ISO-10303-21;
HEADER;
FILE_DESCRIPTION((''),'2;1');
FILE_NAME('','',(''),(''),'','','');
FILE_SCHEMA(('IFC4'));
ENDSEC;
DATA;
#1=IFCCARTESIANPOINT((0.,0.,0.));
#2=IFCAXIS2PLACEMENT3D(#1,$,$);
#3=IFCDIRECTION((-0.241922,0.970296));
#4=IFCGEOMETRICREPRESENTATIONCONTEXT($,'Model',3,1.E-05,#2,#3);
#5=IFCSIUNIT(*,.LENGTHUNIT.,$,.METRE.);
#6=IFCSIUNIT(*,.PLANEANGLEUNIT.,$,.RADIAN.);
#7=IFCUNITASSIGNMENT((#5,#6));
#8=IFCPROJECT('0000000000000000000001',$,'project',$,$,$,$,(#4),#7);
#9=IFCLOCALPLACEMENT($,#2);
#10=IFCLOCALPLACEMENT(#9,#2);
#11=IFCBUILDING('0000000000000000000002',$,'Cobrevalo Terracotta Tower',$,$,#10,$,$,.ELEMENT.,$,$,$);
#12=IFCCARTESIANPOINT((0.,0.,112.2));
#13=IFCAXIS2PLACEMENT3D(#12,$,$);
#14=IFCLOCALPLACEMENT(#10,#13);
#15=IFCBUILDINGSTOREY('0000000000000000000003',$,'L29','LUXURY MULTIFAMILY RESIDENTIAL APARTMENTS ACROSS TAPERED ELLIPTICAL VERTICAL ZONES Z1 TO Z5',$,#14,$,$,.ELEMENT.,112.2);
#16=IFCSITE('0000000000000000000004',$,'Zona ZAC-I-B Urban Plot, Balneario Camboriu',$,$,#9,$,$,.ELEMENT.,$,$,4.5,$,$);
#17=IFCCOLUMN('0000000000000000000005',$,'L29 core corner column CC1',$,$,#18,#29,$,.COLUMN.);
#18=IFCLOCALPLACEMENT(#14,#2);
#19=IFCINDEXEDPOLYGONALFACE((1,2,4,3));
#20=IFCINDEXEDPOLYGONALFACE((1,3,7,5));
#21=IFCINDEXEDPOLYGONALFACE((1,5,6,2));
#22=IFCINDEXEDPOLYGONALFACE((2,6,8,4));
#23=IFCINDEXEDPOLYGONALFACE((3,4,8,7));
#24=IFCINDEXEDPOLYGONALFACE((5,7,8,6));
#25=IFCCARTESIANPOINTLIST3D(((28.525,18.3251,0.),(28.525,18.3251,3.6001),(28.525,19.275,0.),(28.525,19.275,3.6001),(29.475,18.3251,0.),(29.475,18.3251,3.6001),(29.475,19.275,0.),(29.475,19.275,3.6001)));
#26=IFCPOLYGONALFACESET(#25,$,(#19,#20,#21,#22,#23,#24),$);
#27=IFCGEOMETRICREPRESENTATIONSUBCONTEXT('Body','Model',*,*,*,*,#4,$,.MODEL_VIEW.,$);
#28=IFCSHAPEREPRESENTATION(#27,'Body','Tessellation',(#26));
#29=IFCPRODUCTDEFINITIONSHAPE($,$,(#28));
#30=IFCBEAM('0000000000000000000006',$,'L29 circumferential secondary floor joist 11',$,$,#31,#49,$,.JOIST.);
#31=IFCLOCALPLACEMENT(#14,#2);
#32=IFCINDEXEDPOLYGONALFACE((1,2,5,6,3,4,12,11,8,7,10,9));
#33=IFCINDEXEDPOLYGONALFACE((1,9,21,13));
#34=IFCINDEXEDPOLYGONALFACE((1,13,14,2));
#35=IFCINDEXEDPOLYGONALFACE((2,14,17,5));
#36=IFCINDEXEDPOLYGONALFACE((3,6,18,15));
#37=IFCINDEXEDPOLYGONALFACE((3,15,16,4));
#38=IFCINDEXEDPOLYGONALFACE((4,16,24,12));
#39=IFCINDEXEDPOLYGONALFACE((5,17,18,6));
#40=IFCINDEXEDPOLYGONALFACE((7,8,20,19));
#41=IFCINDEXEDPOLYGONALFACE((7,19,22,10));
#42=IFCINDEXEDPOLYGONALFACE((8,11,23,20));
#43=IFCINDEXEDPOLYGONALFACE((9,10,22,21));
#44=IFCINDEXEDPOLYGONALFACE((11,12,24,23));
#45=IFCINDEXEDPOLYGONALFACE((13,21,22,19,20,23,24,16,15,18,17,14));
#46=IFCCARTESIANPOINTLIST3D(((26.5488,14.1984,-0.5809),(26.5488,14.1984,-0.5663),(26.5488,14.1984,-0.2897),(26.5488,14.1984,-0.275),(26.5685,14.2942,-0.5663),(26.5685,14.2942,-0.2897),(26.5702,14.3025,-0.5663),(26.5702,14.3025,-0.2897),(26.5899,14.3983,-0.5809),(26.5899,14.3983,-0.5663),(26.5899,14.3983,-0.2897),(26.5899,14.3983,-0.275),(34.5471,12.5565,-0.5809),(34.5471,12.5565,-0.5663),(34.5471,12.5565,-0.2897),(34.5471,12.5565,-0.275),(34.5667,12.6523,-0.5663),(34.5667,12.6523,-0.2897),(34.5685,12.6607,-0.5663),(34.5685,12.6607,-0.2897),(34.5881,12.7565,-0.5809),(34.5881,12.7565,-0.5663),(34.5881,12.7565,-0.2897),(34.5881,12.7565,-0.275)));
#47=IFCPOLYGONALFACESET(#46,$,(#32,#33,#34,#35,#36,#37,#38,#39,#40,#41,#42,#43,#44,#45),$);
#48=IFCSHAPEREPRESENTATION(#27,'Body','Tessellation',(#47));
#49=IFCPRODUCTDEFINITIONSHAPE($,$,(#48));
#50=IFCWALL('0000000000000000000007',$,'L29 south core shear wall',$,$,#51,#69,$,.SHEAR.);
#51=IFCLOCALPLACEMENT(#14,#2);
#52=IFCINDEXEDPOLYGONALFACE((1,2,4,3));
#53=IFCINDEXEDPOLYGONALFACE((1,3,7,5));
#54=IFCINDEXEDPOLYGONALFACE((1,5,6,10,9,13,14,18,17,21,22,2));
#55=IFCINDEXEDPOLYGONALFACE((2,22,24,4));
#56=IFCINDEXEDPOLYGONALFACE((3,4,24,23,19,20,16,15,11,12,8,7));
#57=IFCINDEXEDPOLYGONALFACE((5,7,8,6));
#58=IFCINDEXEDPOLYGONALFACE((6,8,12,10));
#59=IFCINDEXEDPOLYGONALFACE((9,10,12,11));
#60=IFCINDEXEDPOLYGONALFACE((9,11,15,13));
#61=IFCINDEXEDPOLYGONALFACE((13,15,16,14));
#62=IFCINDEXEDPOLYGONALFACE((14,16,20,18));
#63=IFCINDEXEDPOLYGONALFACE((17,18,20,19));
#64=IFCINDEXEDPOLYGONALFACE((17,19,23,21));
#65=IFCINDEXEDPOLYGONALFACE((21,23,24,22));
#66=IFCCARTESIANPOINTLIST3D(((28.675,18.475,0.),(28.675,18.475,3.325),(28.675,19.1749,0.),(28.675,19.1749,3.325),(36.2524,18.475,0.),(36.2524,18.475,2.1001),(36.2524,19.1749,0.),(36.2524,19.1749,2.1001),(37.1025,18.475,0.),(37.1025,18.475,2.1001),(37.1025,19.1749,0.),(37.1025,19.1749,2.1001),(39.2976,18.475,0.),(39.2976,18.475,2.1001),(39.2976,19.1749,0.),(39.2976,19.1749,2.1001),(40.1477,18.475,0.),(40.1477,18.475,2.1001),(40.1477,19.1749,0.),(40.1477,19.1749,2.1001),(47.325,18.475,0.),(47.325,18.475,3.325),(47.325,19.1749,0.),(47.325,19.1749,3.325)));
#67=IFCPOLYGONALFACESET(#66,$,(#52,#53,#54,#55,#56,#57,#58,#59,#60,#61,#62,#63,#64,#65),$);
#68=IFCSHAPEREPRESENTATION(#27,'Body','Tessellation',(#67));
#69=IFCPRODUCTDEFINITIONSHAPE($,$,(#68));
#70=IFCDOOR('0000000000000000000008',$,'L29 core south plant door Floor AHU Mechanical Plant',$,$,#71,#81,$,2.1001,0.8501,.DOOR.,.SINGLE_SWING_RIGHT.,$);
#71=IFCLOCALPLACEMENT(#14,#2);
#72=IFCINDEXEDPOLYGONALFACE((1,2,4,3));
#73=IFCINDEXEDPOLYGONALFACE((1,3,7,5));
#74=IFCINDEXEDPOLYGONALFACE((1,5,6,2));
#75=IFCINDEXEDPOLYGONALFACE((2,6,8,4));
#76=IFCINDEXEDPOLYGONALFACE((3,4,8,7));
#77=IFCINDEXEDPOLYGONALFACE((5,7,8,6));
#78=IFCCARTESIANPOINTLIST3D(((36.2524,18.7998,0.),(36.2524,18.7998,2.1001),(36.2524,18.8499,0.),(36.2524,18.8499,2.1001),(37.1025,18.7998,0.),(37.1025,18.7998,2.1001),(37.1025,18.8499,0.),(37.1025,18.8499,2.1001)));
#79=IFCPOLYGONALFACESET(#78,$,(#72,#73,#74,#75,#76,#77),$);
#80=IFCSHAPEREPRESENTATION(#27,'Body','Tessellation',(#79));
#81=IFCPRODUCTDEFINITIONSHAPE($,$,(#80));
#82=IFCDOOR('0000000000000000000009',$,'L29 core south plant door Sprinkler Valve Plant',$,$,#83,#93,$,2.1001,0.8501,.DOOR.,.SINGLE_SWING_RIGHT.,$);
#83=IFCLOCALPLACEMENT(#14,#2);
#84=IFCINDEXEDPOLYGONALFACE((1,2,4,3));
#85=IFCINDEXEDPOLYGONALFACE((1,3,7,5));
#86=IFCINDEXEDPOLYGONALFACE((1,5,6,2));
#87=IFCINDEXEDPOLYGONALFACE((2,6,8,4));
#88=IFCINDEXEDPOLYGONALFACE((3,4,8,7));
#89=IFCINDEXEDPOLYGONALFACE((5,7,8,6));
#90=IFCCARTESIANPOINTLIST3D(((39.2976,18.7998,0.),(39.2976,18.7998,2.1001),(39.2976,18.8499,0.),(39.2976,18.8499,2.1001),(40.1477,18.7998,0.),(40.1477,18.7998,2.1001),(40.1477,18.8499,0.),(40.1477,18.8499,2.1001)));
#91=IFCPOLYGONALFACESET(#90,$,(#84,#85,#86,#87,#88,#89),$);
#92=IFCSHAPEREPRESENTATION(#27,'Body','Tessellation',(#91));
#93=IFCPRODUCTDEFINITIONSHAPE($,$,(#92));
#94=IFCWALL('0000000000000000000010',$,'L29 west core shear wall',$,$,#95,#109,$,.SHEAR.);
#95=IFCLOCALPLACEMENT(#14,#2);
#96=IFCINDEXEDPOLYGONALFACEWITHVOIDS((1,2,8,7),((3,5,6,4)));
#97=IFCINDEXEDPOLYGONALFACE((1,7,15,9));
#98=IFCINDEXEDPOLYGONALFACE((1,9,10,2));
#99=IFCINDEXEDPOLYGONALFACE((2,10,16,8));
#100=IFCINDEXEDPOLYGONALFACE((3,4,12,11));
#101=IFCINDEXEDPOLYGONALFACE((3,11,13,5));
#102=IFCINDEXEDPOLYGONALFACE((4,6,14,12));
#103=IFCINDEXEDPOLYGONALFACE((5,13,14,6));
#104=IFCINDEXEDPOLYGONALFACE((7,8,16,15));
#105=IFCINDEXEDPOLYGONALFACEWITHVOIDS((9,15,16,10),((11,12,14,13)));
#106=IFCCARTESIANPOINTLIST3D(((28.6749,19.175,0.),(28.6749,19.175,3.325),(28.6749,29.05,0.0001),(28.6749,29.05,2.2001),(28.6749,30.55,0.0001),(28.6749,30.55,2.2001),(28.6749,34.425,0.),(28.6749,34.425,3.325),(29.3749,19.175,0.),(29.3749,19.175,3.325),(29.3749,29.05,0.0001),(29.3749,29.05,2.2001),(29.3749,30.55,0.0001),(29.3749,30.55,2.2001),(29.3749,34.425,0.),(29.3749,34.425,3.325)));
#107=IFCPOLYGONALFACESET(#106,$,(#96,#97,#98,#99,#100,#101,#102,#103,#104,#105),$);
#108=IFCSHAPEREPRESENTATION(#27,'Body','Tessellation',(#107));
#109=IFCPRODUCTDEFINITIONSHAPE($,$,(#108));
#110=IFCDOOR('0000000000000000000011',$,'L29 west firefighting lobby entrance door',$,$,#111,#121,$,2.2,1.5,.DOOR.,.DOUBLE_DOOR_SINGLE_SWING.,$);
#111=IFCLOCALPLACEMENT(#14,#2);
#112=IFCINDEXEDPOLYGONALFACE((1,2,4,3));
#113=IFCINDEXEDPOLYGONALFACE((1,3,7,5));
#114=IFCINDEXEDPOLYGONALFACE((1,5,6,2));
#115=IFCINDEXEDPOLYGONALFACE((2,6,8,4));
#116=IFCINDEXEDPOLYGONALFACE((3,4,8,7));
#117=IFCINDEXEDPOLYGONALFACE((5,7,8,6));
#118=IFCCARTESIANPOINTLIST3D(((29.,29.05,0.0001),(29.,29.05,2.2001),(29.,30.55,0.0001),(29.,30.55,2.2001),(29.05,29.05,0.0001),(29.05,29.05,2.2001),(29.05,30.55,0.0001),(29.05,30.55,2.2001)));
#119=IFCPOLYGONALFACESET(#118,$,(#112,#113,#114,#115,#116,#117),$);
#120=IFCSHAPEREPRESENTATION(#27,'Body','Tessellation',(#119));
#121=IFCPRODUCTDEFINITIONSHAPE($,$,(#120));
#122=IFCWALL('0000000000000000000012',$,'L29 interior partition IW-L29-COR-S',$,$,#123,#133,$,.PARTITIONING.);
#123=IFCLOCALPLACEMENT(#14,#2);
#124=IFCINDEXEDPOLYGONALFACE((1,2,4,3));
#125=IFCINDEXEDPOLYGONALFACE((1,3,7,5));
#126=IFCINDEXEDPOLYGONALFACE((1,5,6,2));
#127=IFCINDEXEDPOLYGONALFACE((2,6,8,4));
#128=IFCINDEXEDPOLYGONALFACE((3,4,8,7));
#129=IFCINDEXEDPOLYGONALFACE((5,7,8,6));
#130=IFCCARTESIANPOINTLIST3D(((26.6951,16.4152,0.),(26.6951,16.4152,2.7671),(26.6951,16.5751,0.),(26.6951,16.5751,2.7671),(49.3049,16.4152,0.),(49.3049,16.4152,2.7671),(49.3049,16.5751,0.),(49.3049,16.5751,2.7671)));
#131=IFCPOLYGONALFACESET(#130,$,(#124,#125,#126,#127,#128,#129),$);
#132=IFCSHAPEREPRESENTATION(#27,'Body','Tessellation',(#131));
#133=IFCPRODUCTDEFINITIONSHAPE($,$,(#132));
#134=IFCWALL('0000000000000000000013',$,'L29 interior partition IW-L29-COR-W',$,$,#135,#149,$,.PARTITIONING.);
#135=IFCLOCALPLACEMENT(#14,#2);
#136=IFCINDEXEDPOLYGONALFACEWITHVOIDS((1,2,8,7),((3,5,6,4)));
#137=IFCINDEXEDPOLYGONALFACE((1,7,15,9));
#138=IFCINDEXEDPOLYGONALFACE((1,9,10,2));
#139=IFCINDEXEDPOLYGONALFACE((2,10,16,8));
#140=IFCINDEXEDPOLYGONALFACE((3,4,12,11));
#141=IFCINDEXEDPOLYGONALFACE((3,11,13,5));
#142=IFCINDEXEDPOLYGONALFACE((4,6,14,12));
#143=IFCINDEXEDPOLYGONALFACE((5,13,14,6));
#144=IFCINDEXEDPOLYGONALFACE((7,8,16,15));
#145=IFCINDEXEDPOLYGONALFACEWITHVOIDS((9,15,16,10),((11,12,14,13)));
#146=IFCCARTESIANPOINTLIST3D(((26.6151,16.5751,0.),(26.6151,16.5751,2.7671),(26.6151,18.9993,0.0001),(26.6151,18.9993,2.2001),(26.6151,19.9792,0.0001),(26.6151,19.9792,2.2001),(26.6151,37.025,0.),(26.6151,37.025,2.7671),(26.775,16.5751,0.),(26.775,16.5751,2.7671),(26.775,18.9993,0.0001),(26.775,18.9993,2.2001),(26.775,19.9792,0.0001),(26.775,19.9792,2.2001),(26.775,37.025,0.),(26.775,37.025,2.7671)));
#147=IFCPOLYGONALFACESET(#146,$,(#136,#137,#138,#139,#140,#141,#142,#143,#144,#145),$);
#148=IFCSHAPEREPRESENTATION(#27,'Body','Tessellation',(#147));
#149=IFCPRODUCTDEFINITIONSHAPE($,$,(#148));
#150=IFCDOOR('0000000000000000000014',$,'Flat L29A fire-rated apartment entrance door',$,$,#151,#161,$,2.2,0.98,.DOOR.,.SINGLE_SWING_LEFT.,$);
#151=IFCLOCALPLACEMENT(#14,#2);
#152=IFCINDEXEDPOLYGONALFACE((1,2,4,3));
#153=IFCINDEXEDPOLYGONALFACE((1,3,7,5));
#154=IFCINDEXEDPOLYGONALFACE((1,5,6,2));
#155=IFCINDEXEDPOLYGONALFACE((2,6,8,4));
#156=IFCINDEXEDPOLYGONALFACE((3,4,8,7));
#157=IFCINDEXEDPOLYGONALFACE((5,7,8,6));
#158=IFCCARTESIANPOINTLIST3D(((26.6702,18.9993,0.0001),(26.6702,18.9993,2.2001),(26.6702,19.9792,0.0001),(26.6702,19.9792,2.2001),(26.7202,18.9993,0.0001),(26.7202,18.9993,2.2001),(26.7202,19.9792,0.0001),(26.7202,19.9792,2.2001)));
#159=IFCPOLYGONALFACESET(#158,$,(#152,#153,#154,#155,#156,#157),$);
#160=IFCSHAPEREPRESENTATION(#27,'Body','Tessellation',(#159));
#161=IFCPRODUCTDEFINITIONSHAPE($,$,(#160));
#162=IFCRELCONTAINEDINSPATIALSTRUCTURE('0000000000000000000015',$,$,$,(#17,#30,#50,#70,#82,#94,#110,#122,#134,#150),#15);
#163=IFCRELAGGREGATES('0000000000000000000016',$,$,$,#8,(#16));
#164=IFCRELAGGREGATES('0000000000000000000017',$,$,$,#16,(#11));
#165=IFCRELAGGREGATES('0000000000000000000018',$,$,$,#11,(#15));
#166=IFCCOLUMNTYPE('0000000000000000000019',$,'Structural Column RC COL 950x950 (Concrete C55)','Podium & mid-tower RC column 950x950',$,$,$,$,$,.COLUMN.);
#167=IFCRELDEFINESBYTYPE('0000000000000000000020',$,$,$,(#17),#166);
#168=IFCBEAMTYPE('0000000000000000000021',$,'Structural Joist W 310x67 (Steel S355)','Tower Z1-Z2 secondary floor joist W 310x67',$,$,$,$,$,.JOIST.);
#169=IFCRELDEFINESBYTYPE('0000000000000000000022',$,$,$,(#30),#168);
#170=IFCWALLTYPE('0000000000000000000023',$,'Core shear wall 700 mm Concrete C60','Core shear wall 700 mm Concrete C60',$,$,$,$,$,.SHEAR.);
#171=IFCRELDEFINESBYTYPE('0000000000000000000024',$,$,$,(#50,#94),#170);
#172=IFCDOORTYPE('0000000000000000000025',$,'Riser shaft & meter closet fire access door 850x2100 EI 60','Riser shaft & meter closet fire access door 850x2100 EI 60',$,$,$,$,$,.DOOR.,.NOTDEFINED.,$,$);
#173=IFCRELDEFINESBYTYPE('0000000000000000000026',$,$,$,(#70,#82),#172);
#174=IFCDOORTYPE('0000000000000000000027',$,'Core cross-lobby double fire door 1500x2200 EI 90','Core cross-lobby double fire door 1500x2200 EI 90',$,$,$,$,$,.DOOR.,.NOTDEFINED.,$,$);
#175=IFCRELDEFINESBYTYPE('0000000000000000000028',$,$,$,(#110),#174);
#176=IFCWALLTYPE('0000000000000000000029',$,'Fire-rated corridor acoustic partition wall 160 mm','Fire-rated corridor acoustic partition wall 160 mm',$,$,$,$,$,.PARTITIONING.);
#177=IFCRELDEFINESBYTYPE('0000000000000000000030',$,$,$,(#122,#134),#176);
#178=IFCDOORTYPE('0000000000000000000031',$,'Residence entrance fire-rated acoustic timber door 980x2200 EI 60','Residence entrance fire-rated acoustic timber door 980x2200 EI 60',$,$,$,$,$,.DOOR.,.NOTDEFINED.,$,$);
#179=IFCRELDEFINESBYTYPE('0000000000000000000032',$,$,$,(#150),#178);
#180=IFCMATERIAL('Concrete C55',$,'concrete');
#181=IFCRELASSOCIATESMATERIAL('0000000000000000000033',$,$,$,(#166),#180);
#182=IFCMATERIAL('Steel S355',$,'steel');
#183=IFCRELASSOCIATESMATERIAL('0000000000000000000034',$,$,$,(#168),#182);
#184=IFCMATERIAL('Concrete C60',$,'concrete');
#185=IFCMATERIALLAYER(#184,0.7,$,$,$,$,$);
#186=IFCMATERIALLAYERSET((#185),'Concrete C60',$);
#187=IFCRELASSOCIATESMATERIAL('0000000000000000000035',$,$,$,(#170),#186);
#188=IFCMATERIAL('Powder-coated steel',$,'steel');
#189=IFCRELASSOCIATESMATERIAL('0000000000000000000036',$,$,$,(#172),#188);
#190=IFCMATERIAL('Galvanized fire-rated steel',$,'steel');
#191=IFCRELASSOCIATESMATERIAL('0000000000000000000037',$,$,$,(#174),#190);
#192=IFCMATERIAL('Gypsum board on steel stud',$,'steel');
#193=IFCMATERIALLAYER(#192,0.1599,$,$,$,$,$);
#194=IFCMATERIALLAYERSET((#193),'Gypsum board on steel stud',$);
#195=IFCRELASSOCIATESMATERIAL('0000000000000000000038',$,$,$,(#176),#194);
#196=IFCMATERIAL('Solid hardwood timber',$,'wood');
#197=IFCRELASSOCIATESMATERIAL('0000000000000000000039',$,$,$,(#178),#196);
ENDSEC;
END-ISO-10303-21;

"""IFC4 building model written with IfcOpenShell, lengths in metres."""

from ifc_helpers import new_model, si_unit, direction, frame, frame_2d, origin, origin_2d, place, context, subcontext, project, spatial, rectangle, i_section, extrude, source, transform, mapped, material, layer, layer_set, material_profile, profile_set, type_object, element, fill, save


model = new_model("IFC4")

# Units and contexts
model_context = context("Model", 3, precision=1e-05, world=origin(), true_north=direction((-0.241922, 0.970296)))
body_context = subcontext(model_context, "Body", "Model", "MODEL_VIEW")
ifc_project = project(units=[si_unit("LENGTHUNIT", "METRE"), si_unit("PLANEANGLEUNIT", "RADIAN")], contexts=[model_context])

# Site, building, storey
site_placement = place(None, origin())
site = spatial("IfcSite", under=ifc_project, at=site_placement, Name="Zona ZAC-I-B Urban Plot, Balneario Camboriu", CompositionType="ELEMENT", RefElevation=4.5)
building_placement = place(site_placement, origin())
building = spatial("IfcBuilding", under=site, at=building_placement, Name="Cobrevalo Terracotta Tower", CompositionType="ELEMENT")
storey_placement = place(building_placement, frame((0.0, 0.0, 112.2)))
storey = spatial("IfcBuildingStorey", under=building, at=storey_placement, Name="L29", Description="LUXURY MULTIFAMILY RESIDENTIAL APARTMENTS ACROSS TAPERED ELLIPTICAL VERTICAL ZONES Z1 TO Z5", CompositionType="ELEMENT", Elevation=112.2)

# Column
ifc_material_1 = material(Name="Concrete C55", Category="concrete")
ifc_material_profile_1 = material_profile(ifc_material_1, rectangle(XDim=0.95, YDim=0.95, at=origin_2d()), Name="RC COL 950x950")
ifc_profile_set_1 = profile_set([ifc_material_profile_1], Name="Concrete C55")
column_type = type_object("IfcColumnType", Name="Structural Column RC COL 950x950 (Concrete C55)", Description="Podium & mid-tower RC column 950x950", PredefinedType="COLUMN", material=ifc_profile_set_1)
column_placement = place(storey_placement, frame((29.0, 18.8, 0.0), z_axis=(0.0, 0.0, 1.0), x_axis=(1.0, 0.0, 0.0)))
element("IfcColumn", 1, at=column_placement, inside=storey, type_object=column_type, Name="L29 core corner column CC1", PredefinedType="COLUMN", context=body_context, shape_type="SweptSolid", body=[
    extrude(rectangle(XDim=0.95, YDim=0.95, at=origin_2d()), origin(), (0.0, 0.0, 1.0), 3.6001),
])

# Beam
ifc_material_2 = material(Name="Steel S355", Category="steel")
ifc_material_profile_2 = material_profile(ifc_material_2, i_section(OverallWidth=0.2041, OverallDepth=0.3059, WebThickness=0.0085, FlangeThickness=0.0146, at=origin_2d()), Name="W 310x67")
ifc_profile_set_2 = profile_set([ifc_material_profile_2], Name="Steel S355")
beam_type = type_object("IfcBeamType", Name="Structural Joist W 310x67 (Steel S355)", Description="Tower Z1-Z2 secondary floor joist W 310x67", PredefinedType="JOIST", material=ifc_profile_set_2)
beam_placement = place(storey_placement, frame((26.5693, 14.2983, -0.428), z_axis=(0.979574, -0.201082, 0.0), x_axis=(0.201082, 0.979574, 0.0)))
element("IfcBeam", 2, at=beam_placement, inside=storey, type_object=beam_type, Name="L29 circumferential secondary floor joist 11", PredefinedType="JOIST", context=body_context, shape_type="SweptSolid", body=[
    extrude(i_section(OverallWidth=0.2041, OverallDepth=0.3059, WebThickness=0.0085, FlangeThickness=0.0146, at=origin_2d()), origin(), (0.0, 0.0, 1.0), 8.165),
])

# Wall, openings, doors
ifc_material_3 = material(Name="Concrete C60", Category="concrete")
ifc_layer_1 = layer(ifc_material_3, 0.7)
ifc_layer_set_1 = layer_set([ifc_layer_1], Name="Concrete C60")
wall_type_1 = type_object("IfcWallType", Name="Core shear wall 700 mm Concrete C60", Description="Core shear wall 700 mm Concrete C60", PredefinedType="SHEAR", material=ifc_layer_set_1)
wall_1_placement = place(storey_placement, frame((28.675, 18.825, 0.0), z_axis=(0.0, 0.0, 1.0), x_axis=(1.0, 0.0, 0.0)))
wall_1 = element("IfcWall", 3, at=wall_1_placement, inside=storey, type_object=wall_type_1, Name="L29 south core shear wall", PredefinedType="SHEAR", context=body_context, shape_type="SweptSolid", body=[
    extrude(rectangle(XDim=18.6499, YDim=0.7, at=frame_2d((9.325, 0.0))), origin(), (0.0, 0.0, 1.0), 3.325),
])
opening_1_placement = place(wall_1_placement, frame((7.5774, 0.0, 0.0)))
opening_1 = element("IfcOpeningElement", 4, at=opening_1_placement, cuts=wall_1, PredefinedType="OPENING", context=body_context, shape_type="SweptSolid", body=[
    extrude(rectangle(XDim=0.8501, YDim=2.1001, at=frame_2d((0.425, 1.05))), frame((0.0, 0.3599, 0.0), z_axis=(0.0, -1.0, 0.0), x_axis=(1.0, 0.0, 0.0)), (0.0, 0.0, 1.0), 0.72),
])
opening_2_placement = place(wall_1_placement, frame((10.6226, 0.0, 0.0)))
opening_2 = element("IfcOpeningElement", 5, at=opening_2_placement, cuts=wall_1, PredefinedType="OPENING", context=body_context, shape_type="SweptSolid", body=[
    extrude(rectangle(XDim=0.8501, YDim=2.1001, at=frame_2d((0.425, 1.05))), frame((0.0, 0.3599, 0.0), z_axis=(0.0, -1.0, 0.0), x_axis=(1.0, 0.0, 0.0)), (0.0, 0.0, 1.0), 0.72),
])
ifc_material_4 = material(Name="Powder-coated steel", Category="steel")
door_type_1 = type_object("IfcDoorType", Name="Riser shaft & meter closet fire access door 850x2100 EI 60", Description="Riser shaft & meter closet fire access door 850x2100 EI 60", OperationType="NOTDEFINED", PredefinedType="DOOR", material=ifc_material_4)
shared_shape_1 = source(origin(), body_context, "Body", "SweptSolid", [
    extrude(rectangle(XDim=0.8501, YDim=2.1001, at=frame_2d((0.425, 1.05))), frame((0.0, 0.0249, 0.0), z_axis=(0.0, -1.0, 0.0), x_axis=(1.0, 0.0, 0.0)), (0.0, 0.0, 1.0), 0.05),
])
door_1_placement = place(opening_1_placement, origin())
door_1 = element("IfcDoor", 6, at=door_1_placement, inside=storey, type_object=door_type_1, Name="L29 core south plant door Floor AHU Mechanical Plant", OperationType="SINGLE_SWING_RIGHT", OverallHeight=2.1001, OverallWidth=0.8501, PredefinedType="DOOR", context=body_context, shape_type="MappedRepresentation", body=[
    mapped(shared_shape_1, transform((0.0, 0.0, 0.0), scale=1.0)),
])
fill(opening_1, door_1)
door_2_placement = place(opening_2_placement, origin())
door_2 = element("IfcDoor", 7, at=door_2_placement, inside=storey, type_object=door_type_1, Name="L29 core south plant door Sprinkler Valve Plant", OperationType="SINGLE_SWING_RIGHT", OverallHeight=2.1001, OverallWidth=0.8501, PredefinedType="DOOR", context=body_context, shape_type="MappedRepresentation", body=[
    mapped(shared_shape_1, transform((0.0, 0.0, 0.0), scale=1.0)),
])
fill(opening_2, door_2)

# Wall, opening, door
wall_2_placement = place(storey_placement, frame((29.0249, 19.175, 0.0), z_axis=(0.0, 0.0, 1.0), x_axis=(0.0, 1.0, 0.0)))
wall_2 = element("IfcWall", 8, at=wall_2_placement, inside=storey, type_object=wall_type_1, Name="L29 west core shear wall", PredefinedType="SHEAR", context=body_context, shape_type="SweptSolid", body=[
    extrude(rectangle(XDim=15.25, YDim=0.7, at=frame_2d((7.625, 0.0))), origin(), (0.0, 0.0, 1.0), 3.325),
])
opening_3_placement = place(wall_2_placement, frame((9.875, 0.0, 0.0)))
opening_3 = element("IfcOpeningElement", 9, at=opening_3_placement, cuts=wall_2, PredefinedType="OPENING", context=body_context, shape_type="SweptSolid", body=[
    extrude(rectangle(XDim=1.5, YDim=2.2, at=frame_2d((0.75, 1.1001))), frame((0.0, 0.3599, 0.0), z_axis=(0.0, -1.0, 0.0), x_axis=(1.0, 0.0, 0.0)), (0.0, 0.0, 1.0), 0.72),
])
ifc_material_5 = material(Name="Galvanized fire-rated steel", Category="steel")
door_type_2 = type_object("IfcDoorType", Name="Core cross-lobby double fire door 1500x2200 EI 90", Description="Core cross-lobby double fire door 1500x2200 EI 90", OperationType="NOTDEFINED", PredefinedType="DOOR", material=ifc_material_5)
shared_shape_2 = source(origin(), body_context, "Body", "SweptSolid", [
    extrude(rectangle(XDim=1.5, YDim=2.2, at=frame_2d((0.75, 1.1001))), frame((0.0, 0.0249, 0.0), z_axis=(0.0, -1.0, 0.0), x_axis=(1.0, 0.0, 0.0)), (0.0, 0.0, 1.0), 0.05),
])
door_3_placement = place(opening_3_placement, origin())
door_3 = element("IfcDoor", 10, at=door_3_placement, inside=storey, type_object=door_type_2, Name="L29 west firefighting lobby entrance door", OperationType="DOUBLE_DOOR_SINGLE_SWING", OverallHeight=2.2, OverallWidth=1.5, PredefinedType="DOOR", context=body_context, shape_type="MappedRepresentation", body=[
    mapped(shared_shape_2, transform((0.0, 0.0, 0.0), scale=1.0)),
])
fill(opening_3, door_3)

# Wall
ifc_material_6 = material(Name="Gypsum board on steel stud", Category="steel")
ifc_layer_2 = layer(ifc_material_6, 0.1599)
ifc_layer_set_2 = layer_set([ifc_layer_2], Name="Gypsum board on steel stud")
wall_type_2 = type_object("IfcWallType", Name="Fire-rated corridor acoustic partition wall 160 mm", Description="Fire-rated corridor acoustic partition wall 160 mm", PredefinedType="PARTITIONING", material=ifc_layer_set_2)
wall_3_placement = place(storey_placement, frame((26.6951, 16.4951, 0.0), z_axis=(0.0, 0.0, 1.0), x_axis=(1.0, 0.0, 0.0)))
element("IfcWall", 11, at=wall_3_placement, inside=storey, type_object=wall_type_2, Name="L29 interior partition IW-L29-COR-S", PredefinedType="PARTITIONING", context=body_context, shape_type="SweptSolid", body=[
    extrude(rectangle(XDim=22.6099, YDim=0.1599, at=frame_2d((11.3049, 0.0))), origin(), (0.0, 0.0, 1.0), 2.7671),
])

# Wall, opening, door
wall_4_placement = place(storey_placement, frame((26.6951, 16.575, 0.0), z_axis=(0.0, 0.0, 1.0), x_axis=(0.0, 1.0, 0.0)))
wall_4 = element("IfcWall", 12, at=wall_4_placement, inside=storey, type_object=wall_type_2, Name="L29 interior partition IW-L29-COR-W", PredefinedType="PARTITIONING", context=body_context, shape_type="SweptSolid", body=[
    extrude(rectangle(XDim=20.45, YDim=0.1599, at=frame_2d((10.2251, 0.0))), origin(), (0.0, 0.0, 1.0), 2.7671),
])
opening_4_placement = place(wall_4_placement, frame((2.4243, 0.0, 0.0)))
opening_4 = element("IfcOpeningElement", 13, at=opening_4_placement, cuts=wall_4, PredefinedType="OPENING", context=body_context, shape_type="SweptSolid", body=[
    extrude(rectangle(XDim=0.98, YDim=2.2, at=frame_2d((0.49, 1.1001))), frame((0.0, 0.0898, 0.0), z_axis=(0.0, -1.0, 0.0), x_axis=(1.0, 0.0, 0.0)), (0.0, 0.0, 1.0), 0.1799),
])
ifc_material_7 = material(Name="Solid hardwood timber", Category="wood")
door_type_3 = type_object("IfcDoorType", Name="Residence entrance fire-rated acoustic timber door 980x2200 EI 60", Description="Residence entrance fire-rated acoustic timber door 980x2200 EI 60", OperationType="NOTDEFINED", PredefinedType="DOOR", material=ifc_material_7)
shared_shape_3 = source(origin(), body_context, "Body", "SweptSolid", [
    extrude(rectangle(XDim=0.98, YDim=2.2, at=frame_2d((0.49, 1.1001))), frame((0.0, 0.0249, 0.0), z_axis=(0.0, -1.0, 0.0), x_axis=(1.0, 0.0, 0.0)), (0.0, 0.0, 1.0), 0.05),
])
door_4_placement = place(opening_4_placement, origin())
door_4 = element("IfcDoor", 14, at=door_4_placement, inside=storey, type_object=door_type_3, Name="Flat L29A fire-rated apartment entrance door", OperationType="SINGLE_SWING_LEFT", OverallHeight=2.2, OverallWidth=0.98, PredefinedType="DOOR", context=body_context, shape_type="MappedRepresentation", body=[
    mapped(shared_shape_3, transform((0.0, 0.0, 0.0), scale=1.0)),
])
fill(opening_4, door_4)

save(model, "model.ifc")
